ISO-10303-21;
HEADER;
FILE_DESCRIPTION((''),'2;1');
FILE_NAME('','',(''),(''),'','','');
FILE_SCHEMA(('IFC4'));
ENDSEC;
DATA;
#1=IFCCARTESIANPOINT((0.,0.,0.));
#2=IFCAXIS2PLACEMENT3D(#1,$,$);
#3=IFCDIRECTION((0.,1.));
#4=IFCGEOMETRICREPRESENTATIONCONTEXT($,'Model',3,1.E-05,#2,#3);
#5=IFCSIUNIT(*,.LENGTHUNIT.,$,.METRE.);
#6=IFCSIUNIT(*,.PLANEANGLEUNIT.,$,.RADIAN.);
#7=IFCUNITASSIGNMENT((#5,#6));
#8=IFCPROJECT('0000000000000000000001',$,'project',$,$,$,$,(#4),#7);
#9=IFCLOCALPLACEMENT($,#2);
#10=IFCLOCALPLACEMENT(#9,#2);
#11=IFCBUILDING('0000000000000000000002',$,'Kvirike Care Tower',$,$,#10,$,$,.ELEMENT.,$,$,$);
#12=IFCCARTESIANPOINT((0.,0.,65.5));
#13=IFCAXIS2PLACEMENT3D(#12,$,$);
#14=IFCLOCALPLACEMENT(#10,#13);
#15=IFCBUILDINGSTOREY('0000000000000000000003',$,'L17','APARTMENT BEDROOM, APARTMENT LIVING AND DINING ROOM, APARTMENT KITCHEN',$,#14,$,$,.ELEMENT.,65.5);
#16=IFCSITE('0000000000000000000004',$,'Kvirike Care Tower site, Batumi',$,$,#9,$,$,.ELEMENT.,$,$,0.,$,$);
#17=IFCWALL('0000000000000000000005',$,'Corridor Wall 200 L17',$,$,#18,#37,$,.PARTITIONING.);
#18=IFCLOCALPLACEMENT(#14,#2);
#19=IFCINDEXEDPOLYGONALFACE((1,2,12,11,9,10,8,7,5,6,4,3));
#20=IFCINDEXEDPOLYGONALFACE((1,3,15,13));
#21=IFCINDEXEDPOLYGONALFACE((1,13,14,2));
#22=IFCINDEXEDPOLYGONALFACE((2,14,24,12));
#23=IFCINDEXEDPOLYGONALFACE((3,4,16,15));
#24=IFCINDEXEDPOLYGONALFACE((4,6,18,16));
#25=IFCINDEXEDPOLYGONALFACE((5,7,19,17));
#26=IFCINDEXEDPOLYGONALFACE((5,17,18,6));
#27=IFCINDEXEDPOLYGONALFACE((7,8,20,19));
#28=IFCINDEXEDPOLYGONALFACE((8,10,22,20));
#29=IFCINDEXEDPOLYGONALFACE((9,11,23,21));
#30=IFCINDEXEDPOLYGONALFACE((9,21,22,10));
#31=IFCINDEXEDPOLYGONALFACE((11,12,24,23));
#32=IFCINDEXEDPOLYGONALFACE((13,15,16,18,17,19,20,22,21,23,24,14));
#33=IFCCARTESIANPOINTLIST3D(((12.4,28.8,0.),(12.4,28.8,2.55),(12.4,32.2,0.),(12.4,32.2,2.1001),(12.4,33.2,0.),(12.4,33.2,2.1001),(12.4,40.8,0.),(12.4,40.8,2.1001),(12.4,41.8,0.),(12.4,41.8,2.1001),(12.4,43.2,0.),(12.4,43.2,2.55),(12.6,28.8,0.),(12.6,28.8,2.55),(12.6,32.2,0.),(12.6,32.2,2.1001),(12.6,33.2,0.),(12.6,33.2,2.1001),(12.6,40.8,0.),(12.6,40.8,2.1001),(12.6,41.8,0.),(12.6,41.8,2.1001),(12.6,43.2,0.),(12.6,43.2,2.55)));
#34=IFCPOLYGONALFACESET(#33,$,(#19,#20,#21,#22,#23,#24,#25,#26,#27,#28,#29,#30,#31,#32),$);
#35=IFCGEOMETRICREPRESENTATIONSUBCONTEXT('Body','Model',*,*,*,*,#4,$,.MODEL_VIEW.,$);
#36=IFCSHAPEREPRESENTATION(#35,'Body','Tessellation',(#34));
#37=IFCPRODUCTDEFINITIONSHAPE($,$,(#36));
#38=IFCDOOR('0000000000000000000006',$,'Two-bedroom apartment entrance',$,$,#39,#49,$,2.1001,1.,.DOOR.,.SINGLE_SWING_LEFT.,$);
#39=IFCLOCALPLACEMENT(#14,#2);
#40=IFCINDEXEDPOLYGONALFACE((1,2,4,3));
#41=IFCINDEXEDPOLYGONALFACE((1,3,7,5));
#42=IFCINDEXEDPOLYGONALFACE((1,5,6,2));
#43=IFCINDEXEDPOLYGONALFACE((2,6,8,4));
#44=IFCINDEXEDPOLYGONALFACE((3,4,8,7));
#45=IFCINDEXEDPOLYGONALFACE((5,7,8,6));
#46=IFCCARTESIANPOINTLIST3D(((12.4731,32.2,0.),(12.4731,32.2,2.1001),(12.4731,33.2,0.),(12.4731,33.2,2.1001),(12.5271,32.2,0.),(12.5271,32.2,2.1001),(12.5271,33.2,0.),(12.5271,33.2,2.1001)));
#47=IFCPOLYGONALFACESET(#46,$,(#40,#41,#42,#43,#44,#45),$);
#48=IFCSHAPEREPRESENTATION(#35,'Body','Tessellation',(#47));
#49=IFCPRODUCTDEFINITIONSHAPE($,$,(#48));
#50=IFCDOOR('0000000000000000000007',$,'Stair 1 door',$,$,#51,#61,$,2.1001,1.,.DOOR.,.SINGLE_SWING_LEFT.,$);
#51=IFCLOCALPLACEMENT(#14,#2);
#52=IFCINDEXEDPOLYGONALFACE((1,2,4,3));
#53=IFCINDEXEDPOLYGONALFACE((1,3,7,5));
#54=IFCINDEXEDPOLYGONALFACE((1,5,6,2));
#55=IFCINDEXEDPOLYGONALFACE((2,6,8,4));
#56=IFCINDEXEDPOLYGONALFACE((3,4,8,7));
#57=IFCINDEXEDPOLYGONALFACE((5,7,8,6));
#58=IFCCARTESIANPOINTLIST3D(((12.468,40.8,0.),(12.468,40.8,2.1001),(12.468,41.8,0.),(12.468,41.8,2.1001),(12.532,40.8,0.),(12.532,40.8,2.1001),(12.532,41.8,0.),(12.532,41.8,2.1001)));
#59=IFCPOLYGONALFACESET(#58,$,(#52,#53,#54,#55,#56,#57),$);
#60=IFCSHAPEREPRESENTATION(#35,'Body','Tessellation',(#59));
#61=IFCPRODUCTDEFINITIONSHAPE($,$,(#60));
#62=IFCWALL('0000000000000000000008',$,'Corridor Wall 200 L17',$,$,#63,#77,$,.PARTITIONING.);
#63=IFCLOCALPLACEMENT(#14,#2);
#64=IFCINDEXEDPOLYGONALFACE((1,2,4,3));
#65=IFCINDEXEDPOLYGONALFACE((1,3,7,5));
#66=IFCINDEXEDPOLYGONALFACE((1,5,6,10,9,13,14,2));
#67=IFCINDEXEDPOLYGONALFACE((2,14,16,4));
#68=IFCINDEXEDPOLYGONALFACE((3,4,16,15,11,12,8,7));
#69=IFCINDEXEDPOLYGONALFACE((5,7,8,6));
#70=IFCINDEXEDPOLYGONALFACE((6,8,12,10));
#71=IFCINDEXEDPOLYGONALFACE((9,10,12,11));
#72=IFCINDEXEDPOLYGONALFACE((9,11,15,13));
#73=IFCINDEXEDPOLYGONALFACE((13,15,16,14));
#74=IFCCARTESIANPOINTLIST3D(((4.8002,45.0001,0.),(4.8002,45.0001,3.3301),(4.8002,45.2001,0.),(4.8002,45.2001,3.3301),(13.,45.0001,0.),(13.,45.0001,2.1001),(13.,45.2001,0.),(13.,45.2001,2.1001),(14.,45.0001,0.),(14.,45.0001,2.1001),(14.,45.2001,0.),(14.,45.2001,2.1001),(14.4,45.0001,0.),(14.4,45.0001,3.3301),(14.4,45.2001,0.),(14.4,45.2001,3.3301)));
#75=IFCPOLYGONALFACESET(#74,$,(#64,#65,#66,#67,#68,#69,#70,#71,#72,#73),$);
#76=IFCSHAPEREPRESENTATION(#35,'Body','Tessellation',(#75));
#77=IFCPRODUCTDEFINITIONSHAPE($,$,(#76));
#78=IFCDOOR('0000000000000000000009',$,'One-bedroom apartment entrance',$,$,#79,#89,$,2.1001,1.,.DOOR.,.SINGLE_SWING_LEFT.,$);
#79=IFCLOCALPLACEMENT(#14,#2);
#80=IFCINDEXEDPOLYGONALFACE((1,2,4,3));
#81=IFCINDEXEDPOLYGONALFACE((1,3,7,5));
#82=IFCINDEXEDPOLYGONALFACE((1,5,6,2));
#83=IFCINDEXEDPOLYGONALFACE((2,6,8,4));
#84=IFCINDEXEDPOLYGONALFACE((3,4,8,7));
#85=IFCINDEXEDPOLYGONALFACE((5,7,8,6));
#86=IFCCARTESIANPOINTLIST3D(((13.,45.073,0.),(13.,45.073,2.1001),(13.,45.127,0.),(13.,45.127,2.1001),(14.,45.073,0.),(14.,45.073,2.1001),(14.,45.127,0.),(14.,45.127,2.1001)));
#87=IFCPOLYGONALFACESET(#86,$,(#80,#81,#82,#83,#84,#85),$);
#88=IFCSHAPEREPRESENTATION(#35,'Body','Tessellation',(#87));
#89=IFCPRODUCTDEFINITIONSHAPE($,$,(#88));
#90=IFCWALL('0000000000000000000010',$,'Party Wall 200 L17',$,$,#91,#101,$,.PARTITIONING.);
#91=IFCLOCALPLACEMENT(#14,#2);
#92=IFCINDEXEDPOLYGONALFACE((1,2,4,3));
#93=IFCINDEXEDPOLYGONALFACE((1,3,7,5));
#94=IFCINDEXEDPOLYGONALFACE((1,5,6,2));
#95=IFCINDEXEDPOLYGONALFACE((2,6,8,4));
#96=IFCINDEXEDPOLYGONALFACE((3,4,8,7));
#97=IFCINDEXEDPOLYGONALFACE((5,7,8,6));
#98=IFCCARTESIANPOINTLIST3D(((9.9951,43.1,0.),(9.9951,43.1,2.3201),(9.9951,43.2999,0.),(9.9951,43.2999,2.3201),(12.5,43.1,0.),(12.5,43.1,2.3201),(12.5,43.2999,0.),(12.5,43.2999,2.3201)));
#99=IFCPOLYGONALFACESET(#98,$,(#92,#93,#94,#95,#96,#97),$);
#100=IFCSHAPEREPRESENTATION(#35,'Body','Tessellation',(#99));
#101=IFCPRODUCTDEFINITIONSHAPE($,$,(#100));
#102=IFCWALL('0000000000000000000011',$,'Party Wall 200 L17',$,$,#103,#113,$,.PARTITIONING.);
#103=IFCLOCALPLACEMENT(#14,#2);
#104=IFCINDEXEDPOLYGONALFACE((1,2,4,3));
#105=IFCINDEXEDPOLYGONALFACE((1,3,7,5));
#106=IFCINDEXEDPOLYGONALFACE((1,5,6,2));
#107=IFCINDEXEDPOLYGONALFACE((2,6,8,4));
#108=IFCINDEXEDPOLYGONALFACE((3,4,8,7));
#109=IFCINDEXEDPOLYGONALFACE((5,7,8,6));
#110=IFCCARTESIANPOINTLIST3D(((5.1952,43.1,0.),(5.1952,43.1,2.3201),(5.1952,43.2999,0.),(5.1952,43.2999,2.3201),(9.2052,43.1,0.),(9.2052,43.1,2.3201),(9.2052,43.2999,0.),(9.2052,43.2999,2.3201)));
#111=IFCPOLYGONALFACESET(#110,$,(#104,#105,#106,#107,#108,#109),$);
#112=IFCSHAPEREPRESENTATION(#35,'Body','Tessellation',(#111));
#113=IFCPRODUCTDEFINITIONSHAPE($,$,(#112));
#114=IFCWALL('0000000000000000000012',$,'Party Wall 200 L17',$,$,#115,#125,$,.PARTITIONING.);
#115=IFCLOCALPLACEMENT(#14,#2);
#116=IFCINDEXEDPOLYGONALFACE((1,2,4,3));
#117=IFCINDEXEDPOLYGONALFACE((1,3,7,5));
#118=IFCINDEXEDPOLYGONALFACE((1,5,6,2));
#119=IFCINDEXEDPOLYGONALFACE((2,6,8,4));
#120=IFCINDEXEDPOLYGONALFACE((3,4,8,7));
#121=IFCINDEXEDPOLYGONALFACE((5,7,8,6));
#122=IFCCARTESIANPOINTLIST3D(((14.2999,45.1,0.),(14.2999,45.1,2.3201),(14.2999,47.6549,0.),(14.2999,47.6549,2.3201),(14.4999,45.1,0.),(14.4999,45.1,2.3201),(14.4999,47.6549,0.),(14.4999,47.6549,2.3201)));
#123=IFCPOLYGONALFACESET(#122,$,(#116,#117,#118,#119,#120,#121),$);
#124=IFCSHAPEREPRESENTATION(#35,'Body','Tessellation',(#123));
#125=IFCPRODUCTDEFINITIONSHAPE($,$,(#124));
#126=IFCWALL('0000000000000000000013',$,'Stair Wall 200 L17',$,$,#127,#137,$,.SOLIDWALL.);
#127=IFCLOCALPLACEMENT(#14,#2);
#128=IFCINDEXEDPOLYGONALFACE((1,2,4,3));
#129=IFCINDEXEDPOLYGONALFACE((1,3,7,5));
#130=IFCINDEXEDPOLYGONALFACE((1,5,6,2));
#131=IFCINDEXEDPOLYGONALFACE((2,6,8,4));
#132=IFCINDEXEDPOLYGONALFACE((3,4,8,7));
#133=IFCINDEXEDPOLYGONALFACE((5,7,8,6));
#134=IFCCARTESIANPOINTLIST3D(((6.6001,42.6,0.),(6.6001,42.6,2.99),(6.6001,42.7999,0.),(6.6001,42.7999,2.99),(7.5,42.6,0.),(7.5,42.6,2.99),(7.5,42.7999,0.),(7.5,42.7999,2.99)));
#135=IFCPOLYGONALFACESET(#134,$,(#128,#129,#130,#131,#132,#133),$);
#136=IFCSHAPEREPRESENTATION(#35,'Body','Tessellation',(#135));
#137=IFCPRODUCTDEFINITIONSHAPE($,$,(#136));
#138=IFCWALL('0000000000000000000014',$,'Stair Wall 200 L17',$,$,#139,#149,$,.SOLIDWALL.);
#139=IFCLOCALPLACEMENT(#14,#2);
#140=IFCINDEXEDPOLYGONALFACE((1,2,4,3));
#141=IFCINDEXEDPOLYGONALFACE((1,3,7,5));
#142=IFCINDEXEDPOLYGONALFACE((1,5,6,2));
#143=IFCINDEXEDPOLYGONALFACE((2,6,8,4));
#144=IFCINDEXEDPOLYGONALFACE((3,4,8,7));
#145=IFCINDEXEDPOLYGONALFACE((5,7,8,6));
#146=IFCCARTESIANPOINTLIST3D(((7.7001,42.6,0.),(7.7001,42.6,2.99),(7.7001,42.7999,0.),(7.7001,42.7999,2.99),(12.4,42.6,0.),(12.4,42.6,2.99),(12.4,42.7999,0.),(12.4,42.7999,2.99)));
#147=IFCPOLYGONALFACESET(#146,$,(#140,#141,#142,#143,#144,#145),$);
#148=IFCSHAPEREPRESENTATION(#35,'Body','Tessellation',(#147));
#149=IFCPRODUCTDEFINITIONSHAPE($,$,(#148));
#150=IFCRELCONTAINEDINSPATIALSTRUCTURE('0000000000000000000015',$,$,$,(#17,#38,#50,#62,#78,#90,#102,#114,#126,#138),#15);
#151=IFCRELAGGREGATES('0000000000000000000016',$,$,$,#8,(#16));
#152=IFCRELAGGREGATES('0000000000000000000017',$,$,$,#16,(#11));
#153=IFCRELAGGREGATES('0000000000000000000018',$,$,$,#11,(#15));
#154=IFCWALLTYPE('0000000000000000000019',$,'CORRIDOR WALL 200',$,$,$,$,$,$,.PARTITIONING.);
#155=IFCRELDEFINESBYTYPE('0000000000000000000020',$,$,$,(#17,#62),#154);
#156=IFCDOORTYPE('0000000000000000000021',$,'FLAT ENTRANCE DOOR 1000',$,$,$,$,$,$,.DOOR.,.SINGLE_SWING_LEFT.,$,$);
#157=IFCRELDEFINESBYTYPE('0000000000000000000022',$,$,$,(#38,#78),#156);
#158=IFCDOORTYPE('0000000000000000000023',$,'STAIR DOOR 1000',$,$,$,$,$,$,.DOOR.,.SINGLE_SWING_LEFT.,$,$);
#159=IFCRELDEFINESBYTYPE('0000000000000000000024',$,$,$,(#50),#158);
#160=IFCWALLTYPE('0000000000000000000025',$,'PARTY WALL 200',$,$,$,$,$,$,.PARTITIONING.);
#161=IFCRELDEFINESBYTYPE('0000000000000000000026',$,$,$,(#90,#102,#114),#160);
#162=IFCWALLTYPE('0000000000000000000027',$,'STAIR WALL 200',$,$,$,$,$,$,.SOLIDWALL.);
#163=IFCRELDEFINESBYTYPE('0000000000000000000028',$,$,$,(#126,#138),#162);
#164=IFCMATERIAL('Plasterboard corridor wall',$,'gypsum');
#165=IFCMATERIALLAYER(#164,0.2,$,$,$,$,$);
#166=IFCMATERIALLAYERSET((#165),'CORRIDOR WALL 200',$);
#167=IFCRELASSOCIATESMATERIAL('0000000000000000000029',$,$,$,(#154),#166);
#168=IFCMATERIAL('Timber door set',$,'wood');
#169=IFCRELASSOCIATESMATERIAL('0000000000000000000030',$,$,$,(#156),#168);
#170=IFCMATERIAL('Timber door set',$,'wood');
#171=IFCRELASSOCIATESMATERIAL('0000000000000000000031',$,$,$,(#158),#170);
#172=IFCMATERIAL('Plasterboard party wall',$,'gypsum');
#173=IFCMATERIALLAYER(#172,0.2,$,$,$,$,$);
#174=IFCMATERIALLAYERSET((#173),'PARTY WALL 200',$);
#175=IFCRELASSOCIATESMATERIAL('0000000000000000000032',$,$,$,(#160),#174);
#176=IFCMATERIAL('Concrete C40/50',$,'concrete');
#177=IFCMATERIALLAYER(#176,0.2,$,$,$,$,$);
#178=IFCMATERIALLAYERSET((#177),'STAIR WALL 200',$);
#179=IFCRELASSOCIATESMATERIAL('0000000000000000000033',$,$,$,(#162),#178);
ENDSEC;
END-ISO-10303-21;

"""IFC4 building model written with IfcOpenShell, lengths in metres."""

from ifc_helpers import new_model, si_unit, direction, frame, frame_2d, origin, place, context, subcontext, project, spatial, rectangle, extrude, material, layer, layer_set, type_object, element, fill, save


model = new_model("IFC4")

# Units and contexts
model_context = context("Model", 3, precision=1e-05, world=origin(), true_north=direction((0.0, 1.0)))
body_context = subcontext(model_context, "Body", "Model", "MODEL_VIEW")
ifc_project = project(units=[si_unit("LENGTHUNIT", "METRE"), si_unit("PLANEANGLEUNIT", "RADIAN")], contexts=[model_context])

# Site, building, storey
site_placement = place(None, origin())
site = spatial("IfcSite", under=ifc_project, at=site_placement, Name="Kvirike Care Tower site, Batumi", CompositionType="ELEMENT", RefElevation=0.0)
building_placement = place(site_placement, origin())
building = spatial("IfcBuilding", under=site, at=building_placement, Name="Kvirike Care Tower", CompositionType="ELEMENT")
storey_placement = place(building_placement, frame((0.0, 0.0, 65.5)))
storey = spatial("IfcBuildingStorey", under=building, at=storey_placement, Name="L17", Description="APARTMENT BEDROOM, APARTMENT LIVING AND DINING ROOM, APARTMENT KITCHEN", CompositionType="ELEMENT", Elevation=65.5)

# Wall, openings, doors
ifc_material_1 = material(Name="Plasterboard corridor wall", Category="gypsum")
ifc_layer_1 = layer(ifc_material_1, 0.2)
ifc_layer_set_1 = layer_set([ifc_layer_1], Name="CORRIDOR WALL 200")
wall_type_1 = type_object("IfcWallType", Name="CORRIDOR WALL 200", PredefinedType="PARTITIONING", material=ifc_layer_set_1)
wall_1_placement = place(storey_placement, frame((12.5, 43.2, 0.0), z_axis=(0.0, 0.0, 1.0), x_axis=(0.0, -1.0, 0.0)))
wall_1 = element("IfcWall", 1, at=wall_1_placement, inside=storey, type_object=wall_type_1, Name="Corridor Wall 200 L17", PredefinedType="PARTITIONING", context=body_context, shape_type="SweptSolid", body=[
    extrude(rectangle(XDim=14.3999, YDim=0.2, at=frame_2d((7.2, 0.0))), origin(), (0.0, 0.0, 1.0), 2.55),
])
opening_1_placement = place(wall_1_placement, frame((1.3999, 0.0, 0.0)))
opening_1 = element("IfcOpeningElement", 2, at=opening_1_placement, cuts=wall_1, PredefinedType="OPENING", context=body_context, shape_type="SweptSolid", body=[
    extrude(rectangle(XDim=1.0, YDim=2.1001, at=frame_2d((0.5, 1.05))), frame((0.0, 0.1106, 0.0), z_axis=(0.0, -1.0, 0.0), x_axis=(1.0, 0.0, 0.0)), (0.0, 0.0, 1.0), 0.2209),
])
opening_2_placement = place(wall_1_placement, frame((10.0, 0.0, 0.0)))
opening_2 = element("IfcOpeningElement", 3, at=opening_2_placement, cuts=wall_1, PredefinedType="OPENING", context=body_context, shape_type="SweptSolid", body=[
    extrude(rectangle(XDim=1.0, YDim=2.1001, at=frame_2d((0.5, 1.05))), frame((0.0, 0.1106, 0.0), z_axis=(0.0, -1.0, 0.0), x_axis=(1.0, 0.0, 0.0)), (0.0, 0.0, 1.0), 0.2209),
])
ifc_material_2 = material(Name="Timber door set", Category="wood")
door_type_1 = type_object("IfcDoorType", Name="FLAT ENTRANCE DOOR 1000", OperationType="SINGLE_SWING_LEFT", PredefinedType="DOOR", material=ifc_material_2)
door_1_placement = place(opening_2_placement, frame((1.0, 0.0, 0.0), z_axis=(0.0, 0.0, 1.0), x_axis=(-1.0, 0.0, 0.0)))
door_1 = element("IfcDoor", 4, at=door_1_placement, inside=storey, type_object=door_type_1, Name="Two-bedroom apartment entrance", OperationType="SINGLE_SWING_LEFT", OverallHeight=2.1001, OverallWidth=1.0, PredefinedType="DOOR", context=body_context, shape_type="SweptSolid", body=[
    extrude(rectangle(XDim=1.0, YDim=2.1001, at=frame_2d((0.5, 1.05))), frame((0.0, 0.0269, 0.0), z_axis=(0.0, -1.0, 0.0), x_axis=(1.0, 0.0, 0.0)), (0.0, 0.0, 1.0), 0.054),
])
fill(opening_2, door_1)
ifc_material_3 = material(Name="Timber door set", Category="wood")
door_type_2 = type_object("IfcDoorType", Name="STAIR DOOR 1000", OperationType="SINGLE_SWING_LEFT", PredefinedType="DOOR", material=ifc_material_3)
door_2_placement = place(opening_1_placement, frame((1.0, 0.0, 0.0), z_axis=(0.0, 0.0, 1.0), x_axis=(-1.0, 0.0, 0.0)))
door_2 = element("IfcDoor", 5, at=door_2_placement, inside=storey, type_object=door_type_2, Name="Stair 1 door", OperationType="SINGLE_SWING_LEFT", OverallHeight=2.1001, OverallWidth=1.0, PredefinedType="DOOR", context=body_context, shape_type="SweptSolid", body=[
    extrude(rectangle(XDim=1.0, YDim=2.1001, at=frame_2d((0.5, 1.05))), frame((0.0, 0.032, 0.0), z_axis=(0.0, -1.0, 0.0), x_axis=(1.0, 0.0, 0.0)), (0.0, 0.0, 1.0), 0.064),
])
fill(opening_1, door_2)

# Wall, opening, door
wall_2_placement = place(storey_placement, frame((14.3999, 45.1001, 0.0), z_axis=(0.0, 0.0, 1.0), x_axis=(-1.0, 0.0, 0.0)))
wall_2 = element("IfcWall", 6, at=wall_2_placement, inside=storey, type_object=wall_type_1, Name="Corridor Wall 200 L17", PredefinedType="PARTITIONING", context=body_context, shape_type="SweptSolid", body=[
    extrude(rectangle(XDim=9.5999, YDim=0.2, at=frame_2d((4.7998, 0.0))), origin(), (0.0, 0.0, 1.0), 3.3301),
])
opening_3_placement = place(wall_2_placement, frame((0.3999, 0.0, 0.0)))
opening_3 = element("IfcOpeningElement", 7, at=opening_3_placement, cuts=wall_2, PredefinedType="OPENING", context=body_context, shape_type="SweptSolid", body=[
    extrude(rectangle(XDim=1.0, YDim=2.1001, at=frame_2d((0.5, 1.05))), frame((0.0, 0.1106, 0.0), z_axis=(0.0, -1.0, 0.0), x_axis=(1.0, 0.0, 0.0)), (0.0, 0.0, 1.0), 0.2209),
])
door_3_placement = place(opening_3_placement, frame((1.0, 0.0, 0.0), z_axis=(0.0, 0.0, 1.0), x_axis=(-1.0, 0.0, 0.0)))
door_3 = element("IfcDoor", 8, at=door_3_placement, inside=storey, type_object=door_type_1, Name="One-bedroom apartment entrance", OperationType="SINGLE_SWING_LEFT", OverallHeight=2.1001, OverallWidth=1.0, PredefinedType="DOOR", context=body_context, shape_type="SweptSolid", body=[
    extrude(rectangle(XDim=1.0, YDim=2.1001, at=frame_2d((0.5, 1.05))), frame((0.0, 0.0269, 0.0), z_axis=(0.0, -1.0, 0.0), x_axis=(1.0, 0.0, 0.0)), (0.0, 0.0, 1.0), 0.054),
])
fill(opening_3, door_3)

# Walls
ifc_material_4 = material(Name="Plasterboard party wall", Category="gypsum")
ifc_layer_2 = layer(ifc_material_4, 0.2)
ifc_layer_set_2 = layer_set([ifc_layer_2], Name="PARTY WALL 200")
wall_type_2 = type_object("IfcWallType", Name="PARTY WALL 200", PredefinedType="PARTITIONING", material=ifc_layer_set_2)
wall_3_placement = place(storey_placement, frame((12.5, 43.2, 0.0), z_axis=(0.0, 0.0, 1.0), x_axis=(-1.0, 0.0, 0.0)))
element("IfcWall", 9, at=wall_3_placement, inside=storey, type_object=wall_type_2, Name="Party Wall 200 L17", PredefinedType="PARTITIONING", context=body_context, shape_type="SweptSolid", body=[
    extrude(rectangle(XDim=2.5049, YDim=0.2, at=frame_2d((1.2524, 0.0))), origin(), (0.0, 0.0, 1.0), 2.3201),
])
wall_4_placement = place(storey_placement, frame((9.2051, 43.2, 0.0), z_axis=(0.0, 0.0, 1.0), x_axis=(-1.0, 0.0, 0.0)))
element("IfcWall", 10, at=wall_4_placement, inside=storey, type_object=wall_type_2, Name="Party Wall 200 L17", PredefinedType="PARTITIONING", context=body_context, shape_type="SweptSolid", body=[
    extrude(rectangle(XDim=4.01, YDim=0.2, at=frame_2d((2.0049, 0.0))), origin(), (0.0, 0.0, 1.0), 2.3201),
])
wall_5_placement = place(storey_placement, frame((14.3999, 45.1001, 0.0), z_axis=(0.0, 0.0, 1.0), x_axis=(0.0, 1.0, 0.0)))
element("IfcWall", 11, at=wall_5_placement, inside=storey, type_object=wall_type_2, Name="Party Wall 200 L17", PredefinedType="PARTITIONING", context=body_context, shape_type="SweptSolid", body=[
    extrude(rectangle(XDim=2.5549, YDim=0.2, at=frame_2d((1.2773, 0.0))), origin(), (0.0, 0.0, 1.0), 2.3201),
])
ifc_material_5 = material(Name="Concrete C40/50", Category="concrete")
ifc_layer_3 = layer(ifc_material_5, 0.2)
ifc_layer_set_3 = layer_set([ifc_layer_3], Name="STAIR WALL 200")
wall_type_3 = type_object("IfcWallType", Name="STAIR WALL 200", PredefinedType="SOLIDWALL", material=ifc_layer_set_3)
wall_6_placement = place(storey_placement, frame((6.6001, 42.7, 0.0), z_axis=(0.0, 0.0, 1.0), x_axis=(1.0, 0.0, 0.0)))
element("IfcWall", 12, at=wall_6_placement, inside=storey, type_object=wall_type_3, Name="Stair Wall 200 L17", PredefinedType="SOLIDWALL", context=body_context, shape_type="SweptSolid", body=[
    extrude(rectangle(XDim=0.8999, YDim=0.2, at=frame_2d((0.45, 0.0))), origin(), (0.0, 0.0, 1.0), 2.99),
])
wall_7_placement = place(storey_placement, frame((7.7, 42.7, 0.0), z_axis=(0.0, 0.0, 1.0), x_axis=(1.0, 0.0, 0.0)))
element("IfcWall", 13, at=wall_7_placement, inside=storey, type_object=wall_type_3, Name="Stair Wall 200 L17", PredefinedType="SOLIDWALL", context=body_context, shape_type="SweptSolid", body=[
    extrude(rectangle(XDim=4.7, YDim=0.2, at=frame_2d((2.3501, 0.0))), origin(), (0.0, 0.0, 1.0), 2.99),
])

save(model, "model.ifc")
